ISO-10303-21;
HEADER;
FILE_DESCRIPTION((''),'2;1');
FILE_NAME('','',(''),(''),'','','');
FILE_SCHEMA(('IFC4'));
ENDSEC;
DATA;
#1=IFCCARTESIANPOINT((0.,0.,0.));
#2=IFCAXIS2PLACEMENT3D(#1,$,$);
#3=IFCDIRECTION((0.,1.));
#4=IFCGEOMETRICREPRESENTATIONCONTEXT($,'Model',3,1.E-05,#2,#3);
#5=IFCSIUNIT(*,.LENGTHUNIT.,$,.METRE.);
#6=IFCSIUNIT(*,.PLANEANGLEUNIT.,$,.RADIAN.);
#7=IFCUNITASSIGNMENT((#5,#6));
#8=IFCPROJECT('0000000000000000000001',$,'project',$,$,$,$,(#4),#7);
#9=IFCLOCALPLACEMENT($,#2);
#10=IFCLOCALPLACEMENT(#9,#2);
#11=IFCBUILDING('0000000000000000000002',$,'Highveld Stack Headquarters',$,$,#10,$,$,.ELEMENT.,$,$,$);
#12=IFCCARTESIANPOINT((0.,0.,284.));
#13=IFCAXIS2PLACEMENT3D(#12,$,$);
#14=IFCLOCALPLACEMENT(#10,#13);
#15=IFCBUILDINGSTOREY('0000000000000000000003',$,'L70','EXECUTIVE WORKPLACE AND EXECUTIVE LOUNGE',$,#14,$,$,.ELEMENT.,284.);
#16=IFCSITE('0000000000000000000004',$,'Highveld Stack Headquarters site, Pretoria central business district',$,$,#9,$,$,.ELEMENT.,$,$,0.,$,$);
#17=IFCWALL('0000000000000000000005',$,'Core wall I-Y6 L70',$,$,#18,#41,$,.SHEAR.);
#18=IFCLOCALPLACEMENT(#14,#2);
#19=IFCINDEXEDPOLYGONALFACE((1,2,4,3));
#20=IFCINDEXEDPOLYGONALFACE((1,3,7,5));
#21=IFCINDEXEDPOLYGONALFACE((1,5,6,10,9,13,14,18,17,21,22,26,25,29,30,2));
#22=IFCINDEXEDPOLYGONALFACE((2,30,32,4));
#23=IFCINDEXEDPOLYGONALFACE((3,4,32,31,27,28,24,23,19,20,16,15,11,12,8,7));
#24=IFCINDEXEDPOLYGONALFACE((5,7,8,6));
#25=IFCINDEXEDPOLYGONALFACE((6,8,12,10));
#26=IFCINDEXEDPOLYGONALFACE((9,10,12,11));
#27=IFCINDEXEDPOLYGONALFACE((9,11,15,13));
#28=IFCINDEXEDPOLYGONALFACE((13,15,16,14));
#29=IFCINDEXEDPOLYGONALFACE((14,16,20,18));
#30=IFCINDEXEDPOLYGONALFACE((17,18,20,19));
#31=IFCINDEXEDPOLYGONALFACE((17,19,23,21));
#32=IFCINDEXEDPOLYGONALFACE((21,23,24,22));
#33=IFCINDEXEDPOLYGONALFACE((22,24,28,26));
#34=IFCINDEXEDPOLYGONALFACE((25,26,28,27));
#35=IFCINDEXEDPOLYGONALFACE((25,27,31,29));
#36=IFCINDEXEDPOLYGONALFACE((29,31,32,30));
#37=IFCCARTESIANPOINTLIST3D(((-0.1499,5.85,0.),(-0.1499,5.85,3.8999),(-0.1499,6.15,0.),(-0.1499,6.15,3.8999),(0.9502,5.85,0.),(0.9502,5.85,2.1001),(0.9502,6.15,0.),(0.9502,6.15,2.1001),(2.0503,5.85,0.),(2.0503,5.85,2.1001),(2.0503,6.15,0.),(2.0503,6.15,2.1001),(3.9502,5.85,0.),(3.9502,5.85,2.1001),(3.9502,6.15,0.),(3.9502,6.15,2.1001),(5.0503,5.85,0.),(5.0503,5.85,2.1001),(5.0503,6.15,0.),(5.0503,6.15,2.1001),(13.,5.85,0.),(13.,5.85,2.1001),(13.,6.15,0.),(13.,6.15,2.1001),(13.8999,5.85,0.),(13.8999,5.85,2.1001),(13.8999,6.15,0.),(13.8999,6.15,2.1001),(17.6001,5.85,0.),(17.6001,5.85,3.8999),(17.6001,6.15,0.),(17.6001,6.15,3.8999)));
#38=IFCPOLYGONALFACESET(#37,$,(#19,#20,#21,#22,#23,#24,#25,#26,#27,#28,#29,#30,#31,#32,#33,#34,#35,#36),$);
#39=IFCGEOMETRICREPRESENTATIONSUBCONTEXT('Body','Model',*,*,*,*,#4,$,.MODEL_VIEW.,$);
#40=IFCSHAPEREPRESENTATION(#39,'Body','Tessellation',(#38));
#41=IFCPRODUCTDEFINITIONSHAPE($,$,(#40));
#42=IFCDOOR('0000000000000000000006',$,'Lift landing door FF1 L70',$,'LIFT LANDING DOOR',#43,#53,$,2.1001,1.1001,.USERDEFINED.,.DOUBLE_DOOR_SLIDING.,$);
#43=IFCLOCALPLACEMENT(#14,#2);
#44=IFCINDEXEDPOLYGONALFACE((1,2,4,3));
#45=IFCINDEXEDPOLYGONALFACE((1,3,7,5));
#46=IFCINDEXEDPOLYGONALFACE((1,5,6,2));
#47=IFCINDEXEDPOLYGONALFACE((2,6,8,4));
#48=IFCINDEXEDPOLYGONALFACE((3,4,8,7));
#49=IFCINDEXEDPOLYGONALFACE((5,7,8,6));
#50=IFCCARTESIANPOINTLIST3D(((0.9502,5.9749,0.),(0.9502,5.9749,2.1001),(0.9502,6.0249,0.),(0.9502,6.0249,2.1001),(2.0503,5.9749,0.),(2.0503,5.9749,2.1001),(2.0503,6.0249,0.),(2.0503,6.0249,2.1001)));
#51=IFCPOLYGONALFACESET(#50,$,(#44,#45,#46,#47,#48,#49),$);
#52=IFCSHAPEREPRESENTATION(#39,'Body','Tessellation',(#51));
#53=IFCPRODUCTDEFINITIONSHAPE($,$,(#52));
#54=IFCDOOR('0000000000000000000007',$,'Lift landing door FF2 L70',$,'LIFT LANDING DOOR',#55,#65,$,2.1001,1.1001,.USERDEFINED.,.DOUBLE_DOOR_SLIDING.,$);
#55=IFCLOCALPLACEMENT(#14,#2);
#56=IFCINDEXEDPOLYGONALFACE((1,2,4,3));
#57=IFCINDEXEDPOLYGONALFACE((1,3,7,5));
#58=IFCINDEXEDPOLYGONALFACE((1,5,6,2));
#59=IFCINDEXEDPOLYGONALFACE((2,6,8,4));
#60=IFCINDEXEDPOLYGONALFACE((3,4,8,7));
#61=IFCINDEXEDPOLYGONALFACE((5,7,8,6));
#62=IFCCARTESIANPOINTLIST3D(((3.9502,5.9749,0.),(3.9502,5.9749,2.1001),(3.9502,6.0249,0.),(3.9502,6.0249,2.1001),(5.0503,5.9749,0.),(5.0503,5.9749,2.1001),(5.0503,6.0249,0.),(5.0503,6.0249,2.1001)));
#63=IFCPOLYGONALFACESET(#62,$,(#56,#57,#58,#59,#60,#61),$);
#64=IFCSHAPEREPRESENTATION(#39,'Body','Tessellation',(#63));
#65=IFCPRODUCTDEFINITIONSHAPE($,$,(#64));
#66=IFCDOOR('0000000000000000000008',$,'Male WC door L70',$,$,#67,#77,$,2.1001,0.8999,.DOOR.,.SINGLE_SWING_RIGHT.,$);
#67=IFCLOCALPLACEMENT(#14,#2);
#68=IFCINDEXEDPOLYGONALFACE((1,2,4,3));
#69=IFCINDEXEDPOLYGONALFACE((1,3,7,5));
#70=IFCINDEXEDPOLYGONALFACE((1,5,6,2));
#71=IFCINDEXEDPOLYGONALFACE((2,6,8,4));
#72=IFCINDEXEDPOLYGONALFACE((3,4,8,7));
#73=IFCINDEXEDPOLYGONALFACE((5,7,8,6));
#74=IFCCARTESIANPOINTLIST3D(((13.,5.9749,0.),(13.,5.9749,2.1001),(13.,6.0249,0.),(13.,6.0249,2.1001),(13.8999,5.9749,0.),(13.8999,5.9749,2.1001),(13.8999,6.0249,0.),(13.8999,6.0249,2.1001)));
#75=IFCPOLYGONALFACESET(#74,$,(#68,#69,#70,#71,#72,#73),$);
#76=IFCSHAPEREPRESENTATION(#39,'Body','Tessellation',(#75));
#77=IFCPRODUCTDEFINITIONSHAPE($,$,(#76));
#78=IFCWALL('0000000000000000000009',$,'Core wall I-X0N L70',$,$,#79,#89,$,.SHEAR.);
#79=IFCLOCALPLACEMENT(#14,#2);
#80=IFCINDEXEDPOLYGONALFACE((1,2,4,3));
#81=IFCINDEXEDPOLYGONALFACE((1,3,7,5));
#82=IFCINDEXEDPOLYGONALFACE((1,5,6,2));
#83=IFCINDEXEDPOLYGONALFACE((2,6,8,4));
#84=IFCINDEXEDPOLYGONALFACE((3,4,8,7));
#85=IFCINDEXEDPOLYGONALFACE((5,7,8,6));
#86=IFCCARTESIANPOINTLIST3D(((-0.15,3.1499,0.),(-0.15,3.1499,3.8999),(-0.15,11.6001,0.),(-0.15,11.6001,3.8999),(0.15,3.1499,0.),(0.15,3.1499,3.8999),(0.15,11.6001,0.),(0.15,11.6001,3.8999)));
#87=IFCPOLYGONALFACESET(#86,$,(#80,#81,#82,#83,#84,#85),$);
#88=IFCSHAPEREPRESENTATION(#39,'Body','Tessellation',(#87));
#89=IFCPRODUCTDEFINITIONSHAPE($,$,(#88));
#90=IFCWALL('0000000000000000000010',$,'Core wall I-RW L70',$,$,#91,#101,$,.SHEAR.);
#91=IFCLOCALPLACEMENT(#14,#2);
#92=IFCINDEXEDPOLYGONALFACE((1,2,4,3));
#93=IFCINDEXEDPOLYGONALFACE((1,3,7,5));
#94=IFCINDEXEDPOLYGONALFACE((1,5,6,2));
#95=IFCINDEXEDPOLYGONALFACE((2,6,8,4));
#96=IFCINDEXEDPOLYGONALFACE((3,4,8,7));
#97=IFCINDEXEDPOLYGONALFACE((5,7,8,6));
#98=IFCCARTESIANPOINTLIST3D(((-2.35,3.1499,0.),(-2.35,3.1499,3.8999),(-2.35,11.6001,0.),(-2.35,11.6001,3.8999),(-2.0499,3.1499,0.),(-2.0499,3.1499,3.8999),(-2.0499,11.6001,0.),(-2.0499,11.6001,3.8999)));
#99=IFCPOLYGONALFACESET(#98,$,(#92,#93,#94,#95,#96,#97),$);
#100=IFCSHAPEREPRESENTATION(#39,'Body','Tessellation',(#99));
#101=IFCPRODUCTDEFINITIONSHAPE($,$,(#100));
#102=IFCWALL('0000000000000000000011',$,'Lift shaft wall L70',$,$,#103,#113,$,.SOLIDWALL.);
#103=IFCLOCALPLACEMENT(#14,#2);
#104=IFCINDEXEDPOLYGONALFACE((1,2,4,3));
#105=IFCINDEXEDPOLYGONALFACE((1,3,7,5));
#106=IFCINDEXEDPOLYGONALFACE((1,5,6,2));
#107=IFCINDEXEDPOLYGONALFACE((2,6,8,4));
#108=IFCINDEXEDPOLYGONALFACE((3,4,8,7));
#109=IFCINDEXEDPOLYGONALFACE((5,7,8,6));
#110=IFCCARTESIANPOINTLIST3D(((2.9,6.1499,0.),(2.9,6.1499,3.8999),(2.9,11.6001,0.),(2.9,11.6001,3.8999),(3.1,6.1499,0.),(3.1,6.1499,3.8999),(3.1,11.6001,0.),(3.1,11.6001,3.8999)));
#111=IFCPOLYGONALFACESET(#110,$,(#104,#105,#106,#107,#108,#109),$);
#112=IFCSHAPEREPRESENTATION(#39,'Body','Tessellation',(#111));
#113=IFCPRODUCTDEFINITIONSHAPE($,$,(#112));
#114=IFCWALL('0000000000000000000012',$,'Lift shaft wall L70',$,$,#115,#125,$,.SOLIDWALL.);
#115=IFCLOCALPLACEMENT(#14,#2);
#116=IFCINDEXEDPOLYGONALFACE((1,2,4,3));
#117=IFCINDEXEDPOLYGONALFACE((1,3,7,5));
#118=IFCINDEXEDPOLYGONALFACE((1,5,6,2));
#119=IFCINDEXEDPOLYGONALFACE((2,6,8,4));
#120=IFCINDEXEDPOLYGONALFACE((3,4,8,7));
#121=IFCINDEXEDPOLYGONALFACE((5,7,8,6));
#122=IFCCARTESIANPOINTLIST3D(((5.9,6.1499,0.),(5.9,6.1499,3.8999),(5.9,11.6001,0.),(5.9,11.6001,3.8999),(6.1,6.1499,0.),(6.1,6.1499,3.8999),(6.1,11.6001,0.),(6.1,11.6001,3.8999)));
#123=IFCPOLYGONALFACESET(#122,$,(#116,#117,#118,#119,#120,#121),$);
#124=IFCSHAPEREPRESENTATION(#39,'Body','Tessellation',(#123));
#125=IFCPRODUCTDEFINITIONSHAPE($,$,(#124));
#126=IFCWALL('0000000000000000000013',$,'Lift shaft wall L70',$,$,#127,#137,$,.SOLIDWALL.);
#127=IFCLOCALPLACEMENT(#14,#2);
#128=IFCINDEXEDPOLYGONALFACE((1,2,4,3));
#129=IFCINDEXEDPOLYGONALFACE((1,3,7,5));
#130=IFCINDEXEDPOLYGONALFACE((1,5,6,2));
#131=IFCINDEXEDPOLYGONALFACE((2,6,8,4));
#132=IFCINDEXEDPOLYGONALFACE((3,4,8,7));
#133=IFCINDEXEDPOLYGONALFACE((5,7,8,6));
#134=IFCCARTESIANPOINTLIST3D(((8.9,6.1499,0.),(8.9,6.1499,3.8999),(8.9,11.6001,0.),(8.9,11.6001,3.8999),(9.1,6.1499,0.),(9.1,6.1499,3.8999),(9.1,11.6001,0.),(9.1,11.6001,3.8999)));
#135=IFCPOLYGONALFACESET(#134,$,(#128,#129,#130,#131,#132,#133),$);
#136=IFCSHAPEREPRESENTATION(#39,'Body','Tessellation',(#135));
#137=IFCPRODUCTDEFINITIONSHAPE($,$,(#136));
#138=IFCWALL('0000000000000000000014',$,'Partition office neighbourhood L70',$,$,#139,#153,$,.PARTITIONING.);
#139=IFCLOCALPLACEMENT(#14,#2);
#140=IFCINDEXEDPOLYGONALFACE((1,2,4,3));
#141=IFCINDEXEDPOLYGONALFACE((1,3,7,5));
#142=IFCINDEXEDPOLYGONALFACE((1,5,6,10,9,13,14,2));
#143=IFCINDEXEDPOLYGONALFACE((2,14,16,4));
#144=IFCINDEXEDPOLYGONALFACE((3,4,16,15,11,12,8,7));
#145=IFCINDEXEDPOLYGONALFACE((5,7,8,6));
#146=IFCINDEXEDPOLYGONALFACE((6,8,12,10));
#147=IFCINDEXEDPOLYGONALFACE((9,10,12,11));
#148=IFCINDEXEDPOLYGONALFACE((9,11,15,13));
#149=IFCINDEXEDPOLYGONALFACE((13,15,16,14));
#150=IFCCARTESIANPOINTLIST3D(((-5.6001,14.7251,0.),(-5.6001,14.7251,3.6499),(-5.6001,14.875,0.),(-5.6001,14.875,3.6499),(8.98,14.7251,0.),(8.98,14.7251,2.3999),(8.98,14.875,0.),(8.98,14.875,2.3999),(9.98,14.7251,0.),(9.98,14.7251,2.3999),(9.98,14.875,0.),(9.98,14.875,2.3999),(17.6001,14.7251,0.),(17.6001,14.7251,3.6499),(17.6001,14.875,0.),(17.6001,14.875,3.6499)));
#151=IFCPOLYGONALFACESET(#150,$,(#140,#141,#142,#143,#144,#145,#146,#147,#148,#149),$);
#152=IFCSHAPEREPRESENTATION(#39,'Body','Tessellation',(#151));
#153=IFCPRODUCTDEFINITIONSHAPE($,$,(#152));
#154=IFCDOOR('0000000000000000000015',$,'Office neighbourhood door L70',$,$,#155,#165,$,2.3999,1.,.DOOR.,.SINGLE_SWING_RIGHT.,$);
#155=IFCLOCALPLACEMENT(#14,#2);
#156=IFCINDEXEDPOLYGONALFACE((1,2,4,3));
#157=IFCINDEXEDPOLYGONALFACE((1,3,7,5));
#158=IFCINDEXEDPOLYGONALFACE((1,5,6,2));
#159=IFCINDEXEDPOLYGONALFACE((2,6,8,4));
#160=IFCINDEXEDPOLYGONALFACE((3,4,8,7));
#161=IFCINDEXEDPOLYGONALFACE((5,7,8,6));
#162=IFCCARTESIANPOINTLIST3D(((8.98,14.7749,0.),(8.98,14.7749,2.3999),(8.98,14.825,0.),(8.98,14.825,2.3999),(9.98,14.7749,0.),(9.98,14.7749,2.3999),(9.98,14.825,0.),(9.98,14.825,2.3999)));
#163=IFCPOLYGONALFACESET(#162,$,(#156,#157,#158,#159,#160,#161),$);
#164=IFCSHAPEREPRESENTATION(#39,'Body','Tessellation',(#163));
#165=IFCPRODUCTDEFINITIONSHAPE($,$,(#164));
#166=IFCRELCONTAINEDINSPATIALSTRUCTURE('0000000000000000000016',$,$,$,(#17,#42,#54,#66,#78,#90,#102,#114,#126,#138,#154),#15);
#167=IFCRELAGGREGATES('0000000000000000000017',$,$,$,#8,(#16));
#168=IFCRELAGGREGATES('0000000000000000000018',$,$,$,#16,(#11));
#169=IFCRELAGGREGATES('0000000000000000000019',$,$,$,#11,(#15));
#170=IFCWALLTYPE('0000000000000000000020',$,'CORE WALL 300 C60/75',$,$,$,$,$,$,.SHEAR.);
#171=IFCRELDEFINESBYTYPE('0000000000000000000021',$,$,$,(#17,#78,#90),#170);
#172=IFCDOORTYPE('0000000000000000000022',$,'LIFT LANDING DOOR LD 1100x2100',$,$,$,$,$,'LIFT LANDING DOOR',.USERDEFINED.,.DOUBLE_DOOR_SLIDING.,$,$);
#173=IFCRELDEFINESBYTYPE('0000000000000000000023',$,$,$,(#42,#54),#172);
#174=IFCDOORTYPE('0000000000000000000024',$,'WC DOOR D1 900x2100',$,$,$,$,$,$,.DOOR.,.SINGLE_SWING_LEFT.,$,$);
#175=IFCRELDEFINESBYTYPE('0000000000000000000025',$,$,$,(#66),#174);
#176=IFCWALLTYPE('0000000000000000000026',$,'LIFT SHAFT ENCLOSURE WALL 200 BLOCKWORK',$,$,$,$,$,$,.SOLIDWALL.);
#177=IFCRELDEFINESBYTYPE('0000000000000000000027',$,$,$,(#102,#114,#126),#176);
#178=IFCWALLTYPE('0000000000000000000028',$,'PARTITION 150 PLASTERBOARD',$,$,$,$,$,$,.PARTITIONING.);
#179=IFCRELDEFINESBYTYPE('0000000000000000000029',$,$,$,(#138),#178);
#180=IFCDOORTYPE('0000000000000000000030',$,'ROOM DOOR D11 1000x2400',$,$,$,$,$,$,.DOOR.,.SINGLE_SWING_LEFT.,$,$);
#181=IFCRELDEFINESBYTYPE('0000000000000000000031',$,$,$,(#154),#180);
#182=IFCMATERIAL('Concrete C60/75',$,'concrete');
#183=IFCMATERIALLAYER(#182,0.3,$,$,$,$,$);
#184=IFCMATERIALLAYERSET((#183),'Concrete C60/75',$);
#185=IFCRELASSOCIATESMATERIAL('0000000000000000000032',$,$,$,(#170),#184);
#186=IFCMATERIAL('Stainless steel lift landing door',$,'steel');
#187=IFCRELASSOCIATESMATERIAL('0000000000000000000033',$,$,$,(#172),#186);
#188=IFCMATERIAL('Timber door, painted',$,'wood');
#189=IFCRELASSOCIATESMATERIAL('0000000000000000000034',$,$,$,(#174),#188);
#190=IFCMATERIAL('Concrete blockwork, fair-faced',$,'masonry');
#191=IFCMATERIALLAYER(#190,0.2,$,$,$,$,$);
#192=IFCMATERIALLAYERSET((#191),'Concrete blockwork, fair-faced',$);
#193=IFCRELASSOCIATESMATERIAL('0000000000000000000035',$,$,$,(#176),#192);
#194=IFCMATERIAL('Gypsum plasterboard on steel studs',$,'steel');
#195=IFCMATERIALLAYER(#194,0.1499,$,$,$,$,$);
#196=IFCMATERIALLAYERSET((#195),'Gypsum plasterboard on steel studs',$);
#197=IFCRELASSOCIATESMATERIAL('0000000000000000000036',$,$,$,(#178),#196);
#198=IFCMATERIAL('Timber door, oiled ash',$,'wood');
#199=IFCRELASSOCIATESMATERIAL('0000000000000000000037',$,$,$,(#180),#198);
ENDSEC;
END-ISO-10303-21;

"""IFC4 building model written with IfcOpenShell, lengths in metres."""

from ifc_helpers import new_model, si_unit, direction, frame, frame_2d, origin, place, context, subcontext, project, spatial, rectangle, extrude, material, layer, layer_set, type_object, element, fill, save


model = new_model("IFC4")

# Units and contexts
model_context = context("Model", 3, precision=1e-05, world=origin(), true_north=direction((0.0, 1.0)))
body_context = subcontext(model_context, "Body", "Model", "MODEL_VIEW")
ifc_project = project(units=[si_unit("LENGTHUNIT", "METRE"), si_unit("PLANEANGLEUNIT", "RADIAN")], contexts=[model_context])

# Site, building, storey
site_placement = place(None, origin())
site = spatial("IfcSite", under=ifc_project, at=site_placement, Name="Highveld Stack Headquarters site, Pretoria central business district", CompositionType="ELEMENT", RefElevation=0.0)
building_placement = place(site_placement, origin())
building = spatial("IfcBuilding", under=site, at=building_placement, Name="Highveld Stack Headquarters", CompositionType="ELEMENT")
storey_placement = place(building_placement, frame((0.0, 0.0, 284.0)))
storey = spatial("IfcBuildingStorey", under=building, at=storey_placement, Name="L70", Description="EXECUTIVE WORKPLACE AND EXECUTIVE LOUNGE", CompositionType="ELEMENT", Elevation=284.0)

# Wall, openings, doors
ifc_material_1 = material(Name="Concrete C60/75", Category="concrete")
ifc_layer_1 = layer(ifc_material_1, 0.3)
ifc_layer_set_1 = layer_set([ifc_layer_1], Name="Concrete C60/75")
wall_type_1 = type_object("IfcWallType", Name="CORE WALL 300 C60/75", PredefinedType="SHEAR", material=ifc_layer_set_1)
wall_1_placement = place(storey_placement, frame((-0.1499, 6.0, 0.0), z_axis=(0.0, 0.0, 1.0), x_axis=(1.0, 0.0, 0.0)))
wall_1 = element("IfcWall", 1, at=wall_1_placement, inside=storey, type_object=wall_type_1, Name="Core wall I-Y6 L70", PredefinedType="SHEAR", context=body_context, shape_type="SweptSolid", body=[
    extrude(rectangle(XDim=17.75, YDim=0.3, at=frame_2d((8.875, 0.0))), origin(), (0.0, 0.0, 1.0), 3.8999),
])
opening_1_placement = place(wall_1_placement, frame((13.1499, 0.0, 0.0)))
opening_1 = element("IfcOpeningElement", 2, at=opening_1_placement, cuts=wall_1, PredefinedType="OPENING", context=body_context, shape_type="SweptSolid", body=[
    extrude(rectangle(XDim=0.8999, YDim=2.1001, at=frame_2d((0.45, 1.05))), frame((0.0, 0.1599, 0.0), z_axis=(0.0, -1.0, 0.0), x_axis=(1.0, 0.0, 0.0)), (0.0, 0.0, 1.0), 0.3201),
])
opening_2_placement = place(wall_1_placement, frame((1.1001, 0.0, 0.0)))
opening_2 = element("IfcOpeningElement", 3, at=opening_2_placement, cuts=wall_1, PredefinedType="OPENING", context=body_context, shape_type="SweptSolid", body=[
    extrude(rectangle(XDim=1.1001, YDim=2.1001, at=frame_2d((0.55, 1.05))), frame((0.0, 0.1599, 0.0), z_axis=(0.0, -1.0, 0.0), x_axis=(1.0, 0.0, 0.0)), (0.0, 0.0, 1.0), 0.3201),
])
opening_3_placement = place(wall_1_placement, frame((4.1001, 0.0, 0.0)))
opening_3 = element("IfcOpeningElement", 4, at=opening_3_placement, cuts=wall_1, PredefinedType="OPENING", context=body_context, shape_type="SweptSolid", body=[
    extrude(rectangle(XDim=1.1001, YDim=2.1001, at=frame_2d((0.55, 1.05))), frame((0.0, 0.1599, 0.0), z_axis=(0.0, -1.0, 0.0), x_axis=(1.0, 0.0, 0.0)), (0.0, 0.0, 1.0), 0.3201),
])
ifc_material_2 = material(Name="Stainless steel lift landing door", Category="steel")
door_type_1 = type_object("IfcDoorType", Name="LIFT LANDING DOOR LD 1100x2100", ElementType="LIFT LANDING DOOR", OperationType="DOUBLE_DOOR_SLIDING", PredefinedType="USERDEFINED", material=ifc_material_2)
door_1_placement = place(opening_2_placement, origin())
door_1 = element("IfcDoor", 5, at=door_1_placement, inside=storey, type_object=door_type_1, Name="Lift landing door FF1 L70", ObjectType="LIFT LANDING DOOR", OperationType="DOUBLE_DOOR_SLIDING", OverallHeight=2.1001, OverallWidth=1.1001, PredefinedType="USERDEFINED", context=body_context, shape_type="SweptSolid", body=[
    extrude(rectangle(XDim=1.1001, YDim=2.1001, at=frame_2d((0.55, 1.05))), frame((0.0, 0.0249, 0.0), z_axis=(0.0, -1.0, 0.0), x_axis=(1.0, 0.0, 0.0)), (0.0, 0.0, 1.0), 0.05),
])
fill(opening_2, door_1)
door_2_placement = place(opening_3_placement, origin())
door_2 = element("IfcDoor", 6, at=door_2_placement, inside=storey, type_object=door_type_1, Name="Lift landing door FF2 L70", ObjectType="LIFT LANDING DOOR", OperationType="DOUBLE_DOOR_SLIDING", OverallHeight=2.1001, OverallWidth=1.1001, PredefinedType="USERDEFINED", context=body_context, shape_type="SweptSolid", body=[
    extrude(rectangle(XDim=1.1001, YDim=2.1001, at=frame_2d((0.55, 1.05))), frame((0.0, 0.0249, 0.0), z_axis=(0.0, -1.0, 0.0), x_axis=(1.0, 0.0, 0.0)), (0.0, 0.0, 1.0), 0.05),
])
fill(opening_3, door_2)
ifc_material_3 = material(Name="Timber door, painted", Category="wood")
door_type_2 = type_object("IfcDoorType", Name="WC DOOR D1 900x2100", OperationType="SINGLE_SWING_LEFT", PredefinedType="DOOR", material=ifc_material_3)
door_3_placement = place(opening_1_placement, origin())
door_3 = element("IfcDoor", 7, at=door_3_placement, inside=storey, type_object=door_type_2, Name="Male WC door L70", OperationType="SINGLE_SWING_RIGHT", OverallHeight=2.1001, OverallWidth=0.8999, PredefinedType="DOOR", context=body_context, shape_type="SweptSolid", body=[
    extrude(rectangle(XDim=0.8999, YDim=2.1001, at=frame_2d((0.45, 1.05))), frame((0.0, 0.0249, 0.0), z_axis=(0.0, -1.0, 0.0), x_axis=(1.0, 0.0, 0.0)), (0.0, 0.0, 1.0), 0.05),
])
fill(opening_1, door_3)

# Walls
for number, where, z_axis, x_axis, name in (
    (8, (0.0, 3.1499, 0.0), (0.0, 0.0, 1.0), (0.0, 1.0, 0.0), "Core wall I-X0N L70"),
    (9, (-2.2, 3.1499, 0.0), (0.0, 0.0, 1.0), (0.0, 1.0, 0.0), "Core wall I-RW L70"),
):
    element("IfcWall", number, at=place(storey_placement, frame(where, z_axis=z_axis, x_axis=x_axis)), inside=storey, type_object=wall_type_1, Name=name, PredefinedType="SHEAR", context=body_context, shape_type="SweptSolid", body=[
        extrude(rectangle(XDim=8.4502, YDim=0.3, at=frame_2d((4.2251, 0.0))), origin(), (0.0, 0.0, 1.0), 3.8999),
    ])
ifc_material_4 = material(Name="Concrete blockwork, fair-faced", Category="masonry")
ifc_layer_2 = layer(ifc_material_4, 0.2)
ifc_layer_set_2 = layer_set([ifc_layer_2], Name="Concrete blockwork, fair-faced")
wall_type_2 = type_object("IfcWallType", Name="LIFT SHAFT ENCLOSURE WALL 200 BLOCKWORK", PredefinedType="SOLIDWALL", material=ifc_layer_set_2)
for number, where, z_axis, x_axis, name in (
    (10, (3.0, 6.1499, 0.0), (0.0, 0.0, 1.0), (0.0, 1.0, 0.0), "Lift shaft wall L70"),
    (11, (6.0, 6.1499, 0.0), (0.0, 0.0, 1.0), (0.0, 1.0, 0.0), "Lift shaft wall L70"),
    (12, (9.0, 6.1499, 0.0), (0.0, 0.0, 1.0), (0.0, 1.0, 0.0), "Lift shaft wall L70"),
):
    element("IfcWall", number, at=place(storey_placement, frame(where, z_axis=z_axis, x_axis=x_axis)), inside=storey, type_object=wall_type_2, Name=name, PredefinedType="SOLIDWALL", context=body_context, shape_type="SweptSolid", body=[
        extrude(rectangle(XDim=5.4502, YDim=0.2, at=frame_2d((2.7251, 0.0))), origin(), (0.0, 0.0, 1.0), 3.8999),
    ])

# Wall, opening, door
ifc_material_5 = material(Name="Gypsum plasterboard on steel studs", Category="steel")
ifc_layer_3 = layer(ifc_material_5, 0.1499)
ifc_layer_set_3 = layer_set([ifc_layer_3], Name="Gypsum plasterboard on steel studs")
wall_type_3 = type_object("IfcWallType", Name="PARTITION 150 PLASTERBOARD", PredefinedType="PARTITIONING", material=ifc_layer_set_3)
wall_2_placement = place(storey_placement, frame((-5.6001, 14.8, 0.0), z_axis=(0.0, 0.0, 1.0), x_axis=(1.0, 0.0, 0.0)))
wall_2 = element("IfcWall", 13, at=wall_2_placement, inside=storey, type_object=wall_type_3, Name="Partition office neighbourhood L70", PredefinedType="PARTITIONING", context=body_context, shape_type="SweptSolid", body=[
    extrude(rectangle(XDim=23.2002, YDim=0.1499, at=frame_2d((11.6001, 0.0))), origin(), (0.0, 0.0, 1.0), 3.6499),
])
opening_4_placement = place(wall_2_placement, frame((14.5801, 0.0, 0.0)))
opening_4 = element("IfcOpeningElement", 14, at=opening_4_placement, cuts=wall_2, PredefinedType="OPENING", context=body_context, shape_type="SweptSolid", body=[
    extrude(rectangle(XDim=1.0, YDim=2.3999, at=frame_2d((0.5, 1.2))), frame((0.0, 0.085, 0.0), z_axis=(0.0, -1.0, 0.0), x_axis=(1.0, 0.0, 0.0)), (0.0, 0.0, 1.0), 0.1699),
])
ifc_material_6 = material(Name="Timber door, oiled ash", Category="wood")
door_type_3 = type_object("IfcDoorType", Name="ROOM DOOR D11 1000x2400", OperationType="SINGLE_SWING_LEFT", PredefinedType="DOOR", material=ifc_material_6)
door_4_placement = place(opening_4_placement, origin())
door_4 = element("IfcDoor", 15, at=door_4_placement, inside=storey, type_object=door_type_3, Name="Office neighbourhood door L70", OperationType="SINGLE_SWING_RIGHT", OverallHeight=2.3999, OverallWidth=1.0, PredefinedType="DOOR", context=body_context, shape_type="SweptSolid", body=[
    extrude(rectangle(XDim=1.0, YDim=2.3999, at=frame_2d((0.5, 1.2))), frame((0.0, 0.0249, 0.0), z_axis=(0.0, -1.0, 0.0), x_axis=(1.0, 0.0, 0.0)), (0.0, 0.0, 1.0), 0.05),
])
fill(opening_4, door_4)

save(model, "model.ifc")
